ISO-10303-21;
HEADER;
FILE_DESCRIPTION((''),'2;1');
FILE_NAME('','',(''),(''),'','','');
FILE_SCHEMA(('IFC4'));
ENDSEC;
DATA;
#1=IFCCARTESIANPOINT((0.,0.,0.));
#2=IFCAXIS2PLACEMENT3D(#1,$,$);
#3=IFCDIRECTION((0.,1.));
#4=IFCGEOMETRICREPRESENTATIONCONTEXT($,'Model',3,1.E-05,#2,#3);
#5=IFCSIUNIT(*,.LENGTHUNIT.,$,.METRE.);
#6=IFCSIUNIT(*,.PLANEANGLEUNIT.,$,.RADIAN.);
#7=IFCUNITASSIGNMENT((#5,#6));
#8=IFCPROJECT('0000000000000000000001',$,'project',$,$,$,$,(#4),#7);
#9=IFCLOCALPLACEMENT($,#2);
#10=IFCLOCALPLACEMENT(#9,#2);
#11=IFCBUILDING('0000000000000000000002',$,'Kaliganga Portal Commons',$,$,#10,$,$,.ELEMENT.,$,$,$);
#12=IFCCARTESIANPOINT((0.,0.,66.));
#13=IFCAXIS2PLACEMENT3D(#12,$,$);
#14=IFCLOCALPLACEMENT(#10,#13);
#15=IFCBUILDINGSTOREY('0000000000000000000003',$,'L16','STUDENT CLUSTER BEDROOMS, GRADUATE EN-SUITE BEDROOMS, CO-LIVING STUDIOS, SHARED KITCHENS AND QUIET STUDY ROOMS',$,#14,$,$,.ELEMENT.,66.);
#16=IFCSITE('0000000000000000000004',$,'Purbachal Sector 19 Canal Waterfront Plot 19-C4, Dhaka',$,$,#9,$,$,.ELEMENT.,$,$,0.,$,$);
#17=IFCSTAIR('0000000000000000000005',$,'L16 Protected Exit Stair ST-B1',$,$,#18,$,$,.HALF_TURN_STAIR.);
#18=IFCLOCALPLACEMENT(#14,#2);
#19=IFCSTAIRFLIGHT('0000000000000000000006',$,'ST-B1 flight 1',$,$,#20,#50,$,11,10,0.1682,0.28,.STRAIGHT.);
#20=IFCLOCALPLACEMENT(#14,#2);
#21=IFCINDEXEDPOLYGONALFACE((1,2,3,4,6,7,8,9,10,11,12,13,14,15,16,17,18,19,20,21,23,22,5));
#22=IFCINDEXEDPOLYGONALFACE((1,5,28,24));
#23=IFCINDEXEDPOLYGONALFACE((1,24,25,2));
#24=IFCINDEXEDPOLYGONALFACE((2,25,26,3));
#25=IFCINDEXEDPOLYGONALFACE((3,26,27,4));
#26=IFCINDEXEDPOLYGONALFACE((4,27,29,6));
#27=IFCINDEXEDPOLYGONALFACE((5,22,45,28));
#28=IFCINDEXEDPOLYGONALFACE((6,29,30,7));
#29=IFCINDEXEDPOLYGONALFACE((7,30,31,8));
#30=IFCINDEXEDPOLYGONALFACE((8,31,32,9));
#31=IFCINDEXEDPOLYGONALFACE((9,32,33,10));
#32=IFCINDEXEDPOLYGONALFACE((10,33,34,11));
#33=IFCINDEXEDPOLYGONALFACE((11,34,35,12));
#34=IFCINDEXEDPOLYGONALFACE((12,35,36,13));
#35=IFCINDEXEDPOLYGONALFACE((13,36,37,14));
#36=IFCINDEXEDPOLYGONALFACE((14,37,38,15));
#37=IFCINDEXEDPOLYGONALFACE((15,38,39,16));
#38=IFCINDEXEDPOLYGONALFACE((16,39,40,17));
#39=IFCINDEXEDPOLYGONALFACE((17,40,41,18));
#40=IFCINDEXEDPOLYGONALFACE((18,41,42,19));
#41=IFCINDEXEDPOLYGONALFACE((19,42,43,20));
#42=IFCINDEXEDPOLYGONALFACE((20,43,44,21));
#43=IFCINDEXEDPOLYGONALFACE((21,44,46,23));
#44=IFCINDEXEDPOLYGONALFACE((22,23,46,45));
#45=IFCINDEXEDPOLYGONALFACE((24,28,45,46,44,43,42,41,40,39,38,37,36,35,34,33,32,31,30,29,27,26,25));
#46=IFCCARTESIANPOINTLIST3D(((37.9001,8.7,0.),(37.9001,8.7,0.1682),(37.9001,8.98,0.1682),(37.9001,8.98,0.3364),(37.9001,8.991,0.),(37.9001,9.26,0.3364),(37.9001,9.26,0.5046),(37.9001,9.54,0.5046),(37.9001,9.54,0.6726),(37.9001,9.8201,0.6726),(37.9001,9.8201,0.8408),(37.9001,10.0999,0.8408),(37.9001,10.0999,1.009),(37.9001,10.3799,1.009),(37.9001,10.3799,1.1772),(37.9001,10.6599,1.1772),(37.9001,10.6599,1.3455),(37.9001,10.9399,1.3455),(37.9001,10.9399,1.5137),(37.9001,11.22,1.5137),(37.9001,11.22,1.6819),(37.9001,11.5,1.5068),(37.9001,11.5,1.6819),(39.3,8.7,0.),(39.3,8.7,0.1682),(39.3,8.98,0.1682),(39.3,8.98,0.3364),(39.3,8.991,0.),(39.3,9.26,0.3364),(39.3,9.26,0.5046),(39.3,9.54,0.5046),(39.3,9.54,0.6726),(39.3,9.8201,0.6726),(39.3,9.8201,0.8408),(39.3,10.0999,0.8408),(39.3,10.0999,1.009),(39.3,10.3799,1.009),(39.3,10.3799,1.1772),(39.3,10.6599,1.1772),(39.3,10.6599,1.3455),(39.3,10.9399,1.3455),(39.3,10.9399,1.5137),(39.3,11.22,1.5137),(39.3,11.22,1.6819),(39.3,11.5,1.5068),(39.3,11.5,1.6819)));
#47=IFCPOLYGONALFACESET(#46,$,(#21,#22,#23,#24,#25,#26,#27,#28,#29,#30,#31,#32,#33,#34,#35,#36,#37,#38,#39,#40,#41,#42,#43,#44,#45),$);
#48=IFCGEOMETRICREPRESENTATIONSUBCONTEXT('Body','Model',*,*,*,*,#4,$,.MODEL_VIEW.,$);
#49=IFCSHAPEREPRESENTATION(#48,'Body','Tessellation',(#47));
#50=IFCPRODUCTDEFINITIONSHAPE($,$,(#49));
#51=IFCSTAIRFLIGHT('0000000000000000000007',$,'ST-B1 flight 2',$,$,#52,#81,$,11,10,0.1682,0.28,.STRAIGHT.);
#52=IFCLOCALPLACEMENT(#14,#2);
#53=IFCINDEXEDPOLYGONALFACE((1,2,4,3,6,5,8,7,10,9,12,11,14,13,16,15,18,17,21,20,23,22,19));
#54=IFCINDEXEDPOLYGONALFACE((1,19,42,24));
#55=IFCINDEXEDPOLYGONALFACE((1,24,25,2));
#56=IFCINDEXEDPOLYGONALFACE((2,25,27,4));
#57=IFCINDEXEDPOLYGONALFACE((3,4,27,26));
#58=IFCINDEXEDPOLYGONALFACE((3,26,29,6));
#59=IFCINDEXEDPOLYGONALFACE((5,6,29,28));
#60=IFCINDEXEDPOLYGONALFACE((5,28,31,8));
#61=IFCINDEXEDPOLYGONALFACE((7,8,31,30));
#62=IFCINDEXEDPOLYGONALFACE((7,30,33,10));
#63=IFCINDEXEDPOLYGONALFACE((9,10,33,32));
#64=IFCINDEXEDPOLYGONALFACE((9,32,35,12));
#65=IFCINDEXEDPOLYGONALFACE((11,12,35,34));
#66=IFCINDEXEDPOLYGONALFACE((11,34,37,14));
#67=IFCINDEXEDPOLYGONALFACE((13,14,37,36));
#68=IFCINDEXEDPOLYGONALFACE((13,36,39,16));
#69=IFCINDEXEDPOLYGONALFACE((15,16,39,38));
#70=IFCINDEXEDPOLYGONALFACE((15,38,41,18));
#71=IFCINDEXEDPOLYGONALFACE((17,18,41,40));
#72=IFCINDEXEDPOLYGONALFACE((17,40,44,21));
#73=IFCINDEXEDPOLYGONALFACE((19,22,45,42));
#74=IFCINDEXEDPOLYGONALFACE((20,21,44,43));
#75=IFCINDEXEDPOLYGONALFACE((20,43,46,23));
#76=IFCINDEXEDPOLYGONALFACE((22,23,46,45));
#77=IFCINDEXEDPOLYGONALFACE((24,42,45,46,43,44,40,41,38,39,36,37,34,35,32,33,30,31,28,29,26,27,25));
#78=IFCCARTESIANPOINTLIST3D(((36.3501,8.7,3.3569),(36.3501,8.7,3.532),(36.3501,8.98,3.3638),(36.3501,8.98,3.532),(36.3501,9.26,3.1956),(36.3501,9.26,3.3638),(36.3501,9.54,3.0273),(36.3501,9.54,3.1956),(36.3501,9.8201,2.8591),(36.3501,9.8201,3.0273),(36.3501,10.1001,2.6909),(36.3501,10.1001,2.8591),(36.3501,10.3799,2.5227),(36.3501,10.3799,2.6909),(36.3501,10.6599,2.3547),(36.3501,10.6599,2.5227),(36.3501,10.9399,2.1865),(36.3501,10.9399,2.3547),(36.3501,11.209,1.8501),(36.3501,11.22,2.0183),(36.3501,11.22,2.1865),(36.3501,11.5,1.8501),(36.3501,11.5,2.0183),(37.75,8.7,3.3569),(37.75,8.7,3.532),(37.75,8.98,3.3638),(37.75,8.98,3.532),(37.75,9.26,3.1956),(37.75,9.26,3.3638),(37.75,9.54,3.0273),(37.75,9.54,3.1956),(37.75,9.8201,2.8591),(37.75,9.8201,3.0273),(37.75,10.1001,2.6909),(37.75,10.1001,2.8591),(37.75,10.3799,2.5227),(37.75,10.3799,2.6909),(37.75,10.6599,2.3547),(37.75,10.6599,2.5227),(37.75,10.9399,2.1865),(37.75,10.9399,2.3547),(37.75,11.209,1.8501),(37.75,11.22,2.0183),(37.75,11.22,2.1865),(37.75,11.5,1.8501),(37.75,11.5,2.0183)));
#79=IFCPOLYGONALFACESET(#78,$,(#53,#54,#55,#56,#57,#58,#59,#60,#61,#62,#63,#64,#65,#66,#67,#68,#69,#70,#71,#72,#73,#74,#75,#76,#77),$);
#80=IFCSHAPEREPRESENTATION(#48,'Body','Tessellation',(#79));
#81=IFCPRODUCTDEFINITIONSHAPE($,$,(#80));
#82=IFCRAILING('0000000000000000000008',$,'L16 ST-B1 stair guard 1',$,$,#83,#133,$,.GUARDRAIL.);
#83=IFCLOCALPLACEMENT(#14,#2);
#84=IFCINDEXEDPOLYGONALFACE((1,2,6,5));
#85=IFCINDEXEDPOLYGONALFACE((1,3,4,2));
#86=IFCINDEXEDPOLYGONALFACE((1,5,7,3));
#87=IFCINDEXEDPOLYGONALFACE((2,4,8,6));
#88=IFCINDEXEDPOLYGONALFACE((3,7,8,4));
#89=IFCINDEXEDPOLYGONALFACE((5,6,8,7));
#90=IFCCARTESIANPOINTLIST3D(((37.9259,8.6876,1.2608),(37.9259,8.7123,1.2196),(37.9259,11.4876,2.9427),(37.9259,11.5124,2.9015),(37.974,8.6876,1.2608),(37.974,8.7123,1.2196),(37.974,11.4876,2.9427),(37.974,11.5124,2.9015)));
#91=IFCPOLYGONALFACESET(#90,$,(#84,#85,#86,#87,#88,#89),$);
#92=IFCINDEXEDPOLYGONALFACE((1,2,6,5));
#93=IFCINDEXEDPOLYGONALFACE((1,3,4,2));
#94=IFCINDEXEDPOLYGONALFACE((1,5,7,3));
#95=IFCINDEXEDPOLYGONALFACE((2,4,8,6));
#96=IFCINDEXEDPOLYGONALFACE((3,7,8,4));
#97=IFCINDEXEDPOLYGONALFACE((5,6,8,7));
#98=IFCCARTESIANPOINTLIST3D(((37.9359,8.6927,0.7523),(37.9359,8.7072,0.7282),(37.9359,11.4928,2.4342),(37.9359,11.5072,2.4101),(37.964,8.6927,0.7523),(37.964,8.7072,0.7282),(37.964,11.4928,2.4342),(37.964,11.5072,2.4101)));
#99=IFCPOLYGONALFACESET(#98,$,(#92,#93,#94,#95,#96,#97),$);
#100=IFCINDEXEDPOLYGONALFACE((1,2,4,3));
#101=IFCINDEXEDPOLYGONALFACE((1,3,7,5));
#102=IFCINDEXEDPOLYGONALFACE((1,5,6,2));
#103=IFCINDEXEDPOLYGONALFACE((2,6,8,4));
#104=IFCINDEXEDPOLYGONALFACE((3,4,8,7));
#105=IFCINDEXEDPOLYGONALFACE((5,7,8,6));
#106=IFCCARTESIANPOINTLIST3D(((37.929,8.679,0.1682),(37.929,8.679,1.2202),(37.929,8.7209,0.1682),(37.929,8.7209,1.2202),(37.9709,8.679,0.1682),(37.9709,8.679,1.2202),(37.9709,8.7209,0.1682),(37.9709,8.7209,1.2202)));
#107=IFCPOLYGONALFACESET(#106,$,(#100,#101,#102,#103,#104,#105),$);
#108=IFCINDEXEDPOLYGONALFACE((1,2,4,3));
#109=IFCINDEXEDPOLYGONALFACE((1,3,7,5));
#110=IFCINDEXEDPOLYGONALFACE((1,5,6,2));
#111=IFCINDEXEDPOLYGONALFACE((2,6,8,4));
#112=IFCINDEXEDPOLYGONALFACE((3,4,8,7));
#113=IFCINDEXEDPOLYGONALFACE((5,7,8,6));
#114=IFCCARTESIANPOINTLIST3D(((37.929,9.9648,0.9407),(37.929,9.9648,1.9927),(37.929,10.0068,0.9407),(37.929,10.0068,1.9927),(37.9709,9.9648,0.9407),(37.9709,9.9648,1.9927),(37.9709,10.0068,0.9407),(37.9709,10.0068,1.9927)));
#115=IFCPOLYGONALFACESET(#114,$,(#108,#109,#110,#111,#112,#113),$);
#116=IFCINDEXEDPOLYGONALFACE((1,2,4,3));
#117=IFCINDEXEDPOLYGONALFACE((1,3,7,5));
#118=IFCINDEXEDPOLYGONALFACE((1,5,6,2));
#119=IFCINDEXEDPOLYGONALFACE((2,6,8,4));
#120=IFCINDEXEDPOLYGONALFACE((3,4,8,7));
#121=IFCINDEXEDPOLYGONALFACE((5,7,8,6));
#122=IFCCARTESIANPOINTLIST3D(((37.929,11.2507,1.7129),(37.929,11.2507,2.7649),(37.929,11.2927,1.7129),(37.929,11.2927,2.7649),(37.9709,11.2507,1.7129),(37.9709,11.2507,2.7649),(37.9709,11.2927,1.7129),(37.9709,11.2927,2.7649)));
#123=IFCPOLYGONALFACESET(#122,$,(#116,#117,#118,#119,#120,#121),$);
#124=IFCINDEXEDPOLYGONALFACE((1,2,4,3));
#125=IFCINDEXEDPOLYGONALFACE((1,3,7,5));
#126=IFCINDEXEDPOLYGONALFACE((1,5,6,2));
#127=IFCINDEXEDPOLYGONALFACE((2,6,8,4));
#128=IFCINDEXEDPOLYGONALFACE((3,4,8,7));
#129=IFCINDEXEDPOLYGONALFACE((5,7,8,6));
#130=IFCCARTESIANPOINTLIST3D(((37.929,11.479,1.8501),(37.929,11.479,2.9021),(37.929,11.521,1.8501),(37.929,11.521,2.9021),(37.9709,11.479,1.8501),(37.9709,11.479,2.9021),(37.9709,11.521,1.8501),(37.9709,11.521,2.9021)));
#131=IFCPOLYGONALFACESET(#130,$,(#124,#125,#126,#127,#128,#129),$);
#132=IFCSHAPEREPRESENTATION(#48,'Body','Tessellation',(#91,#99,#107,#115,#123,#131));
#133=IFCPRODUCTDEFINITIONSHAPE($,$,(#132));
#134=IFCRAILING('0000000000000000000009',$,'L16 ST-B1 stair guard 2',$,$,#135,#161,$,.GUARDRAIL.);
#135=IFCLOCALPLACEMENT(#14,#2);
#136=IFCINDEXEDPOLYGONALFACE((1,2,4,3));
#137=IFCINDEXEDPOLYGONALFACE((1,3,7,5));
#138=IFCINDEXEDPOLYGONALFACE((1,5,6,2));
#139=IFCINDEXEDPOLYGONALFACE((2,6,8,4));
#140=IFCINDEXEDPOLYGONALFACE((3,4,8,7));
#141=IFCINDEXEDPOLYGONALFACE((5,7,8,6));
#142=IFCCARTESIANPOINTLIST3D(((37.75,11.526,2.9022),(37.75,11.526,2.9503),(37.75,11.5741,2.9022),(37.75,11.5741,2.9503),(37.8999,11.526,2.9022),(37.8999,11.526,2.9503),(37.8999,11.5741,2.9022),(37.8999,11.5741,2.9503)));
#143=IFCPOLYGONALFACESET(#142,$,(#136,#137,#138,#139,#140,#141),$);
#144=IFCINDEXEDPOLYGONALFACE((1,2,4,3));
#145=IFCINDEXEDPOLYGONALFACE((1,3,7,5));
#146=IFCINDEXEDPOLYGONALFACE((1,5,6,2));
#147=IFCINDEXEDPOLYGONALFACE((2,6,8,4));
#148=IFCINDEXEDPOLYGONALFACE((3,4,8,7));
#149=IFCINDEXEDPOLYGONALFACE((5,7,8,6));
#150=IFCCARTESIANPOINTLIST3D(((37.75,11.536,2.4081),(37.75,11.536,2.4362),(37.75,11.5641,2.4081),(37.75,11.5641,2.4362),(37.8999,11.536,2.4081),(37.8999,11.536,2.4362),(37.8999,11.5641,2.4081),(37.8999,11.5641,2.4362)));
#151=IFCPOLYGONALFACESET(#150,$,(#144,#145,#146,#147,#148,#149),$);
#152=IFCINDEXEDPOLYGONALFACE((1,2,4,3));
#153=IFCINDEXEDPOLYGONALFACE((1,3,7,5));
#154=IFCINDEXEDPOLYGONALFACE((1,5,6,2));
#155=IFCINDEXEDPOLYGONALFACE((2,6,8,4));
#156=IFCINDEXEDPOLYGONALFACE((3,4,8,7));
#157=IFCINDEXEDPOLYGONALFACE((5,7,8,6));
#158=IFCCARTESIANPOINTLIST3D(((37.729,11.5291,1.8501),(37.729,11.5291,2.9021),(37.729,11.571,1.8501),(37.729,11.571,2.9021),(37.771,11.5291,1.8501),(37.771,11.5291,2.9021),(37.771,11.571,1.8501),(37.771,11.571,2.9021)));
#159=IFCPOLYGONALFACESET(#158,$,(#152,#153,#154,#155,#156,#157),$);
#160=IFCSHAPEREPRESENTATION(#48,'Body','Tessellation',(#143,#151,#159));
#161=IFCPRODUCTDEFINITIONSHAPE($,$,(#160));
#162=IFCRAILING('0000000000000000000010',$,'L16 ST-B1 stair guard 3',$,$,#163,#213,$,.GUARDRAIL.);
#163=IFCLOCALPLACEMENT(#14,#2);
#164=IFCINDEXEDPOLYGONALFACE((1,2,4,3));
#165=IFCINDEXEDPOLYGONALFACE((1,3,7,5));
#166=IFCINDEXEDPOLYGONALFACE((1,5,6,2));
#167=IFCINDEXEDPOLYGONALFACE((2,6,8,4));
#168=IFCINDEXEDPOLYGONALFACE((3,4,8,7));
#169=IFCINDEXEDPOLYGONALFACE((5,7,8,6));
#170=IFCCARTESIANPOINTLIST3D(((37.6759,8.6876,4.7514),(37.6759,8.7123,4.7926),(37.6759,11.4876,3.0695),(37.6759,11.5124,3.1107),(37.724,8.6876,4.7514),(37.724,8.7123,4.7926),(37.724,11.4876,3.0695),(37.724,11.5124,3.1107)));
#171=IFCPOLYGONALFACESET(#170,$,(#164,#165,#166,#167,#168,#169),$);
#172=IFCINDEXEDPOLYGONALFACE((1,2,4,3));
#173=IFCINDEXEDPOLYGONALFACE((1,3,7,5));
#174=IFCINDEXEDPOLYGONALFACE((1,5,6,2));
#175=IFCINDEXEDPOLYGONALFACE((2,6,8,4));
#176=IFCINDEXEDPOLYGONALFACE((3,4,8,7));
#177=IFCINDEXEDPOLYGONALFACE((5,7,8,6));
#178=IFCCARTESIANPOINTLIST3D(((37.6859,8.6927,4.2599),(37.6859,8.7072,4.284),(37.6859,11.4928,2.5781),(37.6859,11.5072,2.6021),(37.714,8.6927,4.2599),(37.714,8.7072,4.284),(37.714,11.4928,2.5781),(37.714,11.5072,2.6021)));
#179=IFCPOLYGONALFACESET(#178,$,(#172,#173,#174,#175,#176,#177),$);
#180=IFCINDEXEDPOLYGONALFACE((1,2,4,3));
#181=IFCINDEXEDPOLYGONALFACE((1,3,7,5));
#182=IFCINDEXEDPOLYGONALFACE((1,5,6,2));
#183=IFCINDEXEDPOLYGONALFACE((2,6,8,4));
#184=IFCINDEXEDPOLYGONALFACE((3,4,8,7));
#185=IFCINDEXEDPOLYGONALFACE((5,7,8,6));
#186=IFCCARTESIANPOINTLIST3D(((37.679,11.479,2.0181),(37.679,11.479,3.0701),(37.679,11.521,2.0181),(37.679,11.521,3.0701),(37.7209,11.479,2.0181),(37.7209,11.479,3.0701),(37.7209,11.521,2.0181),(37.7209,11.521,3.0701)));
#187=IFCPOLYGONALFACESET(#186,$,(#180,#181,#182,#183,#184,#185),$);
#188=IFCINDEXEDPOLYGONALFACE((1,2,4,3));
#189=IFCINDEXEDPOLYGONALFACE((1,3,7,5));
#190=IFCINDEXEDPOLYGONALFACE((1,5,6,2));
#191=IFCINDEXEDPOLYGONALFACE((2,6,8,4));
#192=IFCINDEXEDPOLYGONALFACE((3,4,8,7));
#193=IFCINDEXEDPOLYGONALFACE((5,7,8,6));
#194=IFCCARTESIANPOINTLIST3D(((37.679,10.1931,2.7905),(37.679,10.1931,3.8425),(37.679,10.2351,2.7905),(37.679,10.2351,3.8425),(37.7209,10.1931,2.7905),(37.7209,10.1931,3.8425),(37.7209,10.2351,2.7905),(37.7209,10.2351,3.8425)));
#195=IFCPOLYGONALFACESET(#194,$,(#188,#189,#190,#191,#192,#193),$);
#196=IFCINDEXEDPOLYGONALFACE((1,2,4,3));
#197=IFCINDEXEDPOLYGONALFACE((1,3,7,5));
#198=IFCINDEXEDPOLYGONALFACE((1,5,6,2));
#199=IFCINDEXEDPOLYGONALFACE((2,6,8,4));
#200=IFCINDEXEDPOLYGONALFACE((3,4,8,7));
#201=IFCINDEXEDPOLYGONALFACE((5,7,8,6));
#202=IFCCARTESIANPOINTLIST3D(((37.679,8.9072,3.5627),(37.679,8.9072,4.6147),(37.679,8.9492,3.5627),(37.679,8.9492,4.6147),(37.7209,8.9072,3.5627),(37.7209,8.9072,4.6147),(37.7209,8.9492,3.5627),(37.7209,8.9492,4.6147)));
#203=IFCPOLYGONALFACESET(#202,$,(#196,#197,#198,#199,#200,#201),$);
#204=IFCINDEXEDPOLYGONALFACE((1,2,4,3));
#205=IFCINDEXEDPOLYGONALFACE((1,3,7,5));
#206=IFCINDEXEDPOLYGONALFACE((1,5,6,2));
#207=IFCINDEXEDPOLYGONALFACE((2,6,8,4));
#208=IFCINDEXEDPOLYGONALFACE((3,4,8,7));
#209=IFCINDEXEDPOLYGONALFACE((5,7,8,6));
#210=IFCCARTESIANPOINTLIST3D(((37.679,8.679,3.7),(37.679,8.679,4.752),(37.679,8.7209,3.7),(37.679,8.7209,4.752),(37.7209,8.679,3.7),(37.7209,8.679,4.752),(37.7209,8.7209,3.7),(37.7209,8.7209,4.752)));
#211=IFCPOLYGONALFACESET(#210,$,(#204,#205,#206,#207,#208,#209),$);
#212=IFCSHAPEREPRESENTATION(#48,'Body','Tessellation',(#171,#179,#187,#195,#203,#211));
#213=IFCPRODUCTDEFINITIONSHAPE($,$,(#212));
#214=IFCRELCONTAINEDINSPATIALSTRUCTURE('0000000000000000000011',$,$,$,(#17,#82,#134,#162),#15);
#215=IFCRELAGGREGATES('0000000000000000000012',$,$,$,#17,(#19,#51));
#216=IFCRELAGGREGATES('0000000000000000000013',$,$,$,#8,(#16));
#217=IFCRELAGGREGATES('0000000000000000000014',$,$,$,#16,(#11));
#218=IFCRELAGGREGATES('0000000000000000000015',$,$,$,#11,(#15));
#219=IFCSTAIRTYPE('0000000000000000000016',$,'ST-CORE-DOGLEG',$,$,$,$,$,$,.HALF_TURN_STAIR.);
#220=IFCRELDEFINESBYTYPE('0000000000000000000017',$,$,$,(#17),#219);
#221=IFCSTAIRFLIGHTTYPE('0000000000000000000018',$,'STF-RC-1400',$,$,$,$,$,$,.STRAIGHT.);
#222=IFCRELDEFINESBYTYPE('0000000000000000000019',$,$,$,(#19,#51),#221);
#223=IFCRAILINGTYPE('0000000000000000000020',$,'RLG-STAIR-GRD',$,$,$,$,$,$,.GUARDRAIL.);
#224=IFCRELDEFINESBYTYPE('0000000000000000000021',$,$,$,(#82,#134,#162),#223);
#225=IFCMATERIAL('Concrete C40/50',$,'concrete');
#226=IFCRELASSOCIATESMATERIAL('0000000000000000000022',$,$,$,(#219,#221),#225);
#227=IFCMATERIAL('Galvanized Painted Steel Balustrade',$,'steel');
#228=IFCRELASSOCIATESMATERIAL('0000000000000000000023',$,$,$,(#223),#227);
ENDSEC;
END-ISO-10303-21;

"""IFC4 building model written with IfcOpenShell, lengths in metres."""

from ifc_helpers import new_model, si_unit, direction, frame, origin, origin_2d, place, context, subcontext, project, spatial, polyline, rectangle, outline, extrude, material, type_object, element, aggregate, save


model = new_model("IFC4")

# Units and contexts
model_context = context("Model", 3, precision=1e-05, world=origin(), true_north=direction((0.0, 1.0)))
body_context = subcontext(model_context, "Body", "Model", "MODEL_VIEW")
ifc_project = project(units=[si_unit("LENGTHUNIT", "METRE"), si_unit("PLANEANGLEUNIT", "RADIAN")], contexts=[model_context])

# Site, building, storey
site_placement = place(None, origin())
site = spatial("IfcSite", under=ifc_project, at=site_placement, Name="Purbachal Sector 19 Canal Waterfront Plot 19-C4, Dhaka", CompositionType="ELEMENT", RefElevation=0.0)
building_placement = place(site_placement, origin())
building = spatial("IfcBuilding", under=site, at=building_placement, Name="Kaliganga Portal Commons", CompositionType="ELEMENT")
storey_placement = place(building_placement, frame((0.0, 0.0, 66.0)))
storey = spatial("IfcBuildingStorey", under=building, at=storey_placement, Name="L16", Description="STUDENT CLUSTER BEDROOMS, GRADUATE EN-SUITE BEDROOMS, CO-LIVING STUDIOS, SHARED KITCHENS AND QUIET STUDY ROOMS", CompositionType="ELEMENT", Elevation=66.0)

# Stair, stair flights
ifc_material_1 = material(Name="Concrete C40/50", Category="concrete")
stair_type = type_object("IfcStairType", Name="ST-CORE-DOGLEG", PredefinedType="HALF_TURN_STAIR", material=ifc_material_1)
stair_placement = place(storey_placement, origin())
stair = element("IfcStair", 1, at=stair_placement, inside=storey, type_object=stair_type, Name="L16 Protected Exit Stair ST-B1", PredefinedType="HALF_TURN_STAIR")
stair_flight_type = type_object("IfcStairFlightType", Name="STF-RC-1400", PredefinedType="STRAIGHT", material=ifc_material_1)
stair_flight_1_placement = place(storey_placement, frame((38.6001, 8.7, 0.0), z_axis=(0.0, 0.0, 1.0), x_axis=(0.0, 1.0, 0.0)))
stair_flight_1 = element("IfcStairFlight", 2, at=stair_flight_1_placement, type_object=stair_flight_type, Name="ST-B1 flight 1", NumberOfRisers=11, NumberOfTreads=10, PredefinedType="STRAIGHT", RiserHeight=0.1682, TreadLength=0.28, context=body_context, shape_type="SweptSolid", body=[
    extrude(outline(polyline([(0.0, 0.0), (0.0, 0.1682), (0.28, 0.1682), (0.28, 0.3364), (0.5601, 0.3364), (0.5601, 0.5046), (0.8401, 0.5046), (0.8401, 0.6726), (1.1201, 0.6726), (1.1201, 0.8408), (1.3999, 0.8408), (1.3999, 1.009), (1.6799, 1.009), (1.6799, 1.1772), (1.96, 1.1772), (1.96, 1.3455), (2.24, 1.3455), (2.24, 1.5137), (2.52, 1.5137), (2.52, 1.6819), (2.8, 1.6819), (2.8, 1.8501), (2.8, 1.5068), (0.291, 0.0), (0.0, 0.0)])), frame((0.0, 0.7, 0.0), z_axis=(0.0, -1.0, 0.0), x_axis=(1.0, 0.0, 0.0)), (0.0, 0.0, 1.0), 1.3999),
])
stair_flight_2_placement = place(storey_placement, frame((37.05, 11.5, 1.8501), z_axis=(0.0, 0.0, 1.0), x_axis=(0.0, -1.0, 0.0)))
stair_flight_2 = element("IfcStairFlight", 3, at=stair_flight_2_placement, type_object=stair_flight_type, Name="ST-B1 flight 2", NumberOfRisers=11, NumberOfTreads=10, PredefinedType="STRAIGHT", RiserHeight=0.1682, TreadLength=0.28, context=body_context, shape_type="SweptSolid", body=[
    extrude(outline(polyline([(0.0, 0.0), (0.0, 0.1682), (0.28, 0.1682), (0.28, 0.3364), (0.5601, 0.3364), (0.5601, 0.5046), (0.8401, 0.5046), (0.8401, 0.6726), (1.1201, 0.6726), (1.1201, 0.8408), (1.3999, 0.8408), (1.3999, 1.009), (1.6799, 1.009), (1.6799, 1.1772), (1.96, 1.1772), (1.96, 1.3455), (2.24, 1.3455), (2.24, 1.5137), (2.52, 1.5137), (2.52, 1.6819), (2.8, 1.6819), (2.8, 1.8501), (2.8, 1.5068), (0.291, 0.0), (0.0, 0.0)])), frame((0.0, 0.7, 0.0), z_axis=(0.0, -1.0, 0.0), x_axis=(1.0, 0.0, 0.0)), (0.0, 0.0, 1.0), 1.3999),
])
aggregate(stair, [stair_flight_1, stair_flight_2])

# Railings
ifc_material_2 = material(Name="Galvanized Painted Steel Balustrade", Category="steel")
railing_type_1 = type_object("IfcRailingType", Name="RLG-STAIR-GRD", PredefinedType="GUARDRAIL", material=ifc_material_2)
railing_1_placement = place(storey_placement, frame((37.95, 8.7, 0.1682)))
element("IfcRailing", 4, at=railing_1_placement, inside=storey, type_object=railing_type_1, Name="L16 ST-B1 stair guard 1", PredefinedType="GUARDRAIL", context=body_context, shape_type="SweptSolid", body=[
    extrude(rectangle(XDim=0.0481, YDim=0.0481, at=origin_2d()), frame((0.0, 0.0, 1.072), z_axis=(0.0, 0.857242, 0.514913), x_axis=(-1.0, 0.0, 0.0)), (0.0, 0.0, 1.0), 3.2664),
    extrude(rectangle(XDim=0.0281, YDim=0.0281, at=origin_2d()), frame((0.0, 0.0, 0.572), z_axis=(0.0, 0.857242, 0.514913), x_axis=(-1.0, 0.0, 0.0)), (0.0, 0.0, 1.0), 3.2664),
    extrude(rectangle(XDim=0.042, YDim=0.042, at=origin_2d()), origin(), (0.0, 0.0, 1.0), 1.052),
    extrude(rectangle(XDim=0.042, YDim=0.042, at=origin_2d()), frame((0.0, 1.2859, 0.7725)), (0.0, 0.0, 1.0), 1.052),
    extrude(rectangle(XDim=0.042, YDim=0.042, at=origin_2d()), frame((0.0, 2.5718, 1.5447)), (0.0, 0.0, 1.0), 1.052),
    extrude(rectangle(XDim=0.042, YDim=0.042, at=origin_2d()), frame((0.0, 2.8, 1.6819)), (0.0, 0.0, 1.0), 1.052),
])
railing_2_placement = place(storey_placement, frame((37.8999, 11.55, 1.8501)))
element("IfcRailing", 5, at=railing_2_placement, inside=storey, type_object=railing_type_1, Name="L16 ST-B1 stair guard 2", PredefinedType="GUARDRAIL", context=body_context, shape_type="SweptSolid", body=[
    extrude(rectangle(XDim=0.0481, YDim=0.0481, at=origin_2d()), frame((0.0, 0.0, 1.0762), z_axis=(-1.0, 0.0, 0.0), x_axis=(0.0, -1.0, 0.0)), (0.0, 0.0, 1.0), 0.1499),
    extrude(rectangle(XDim=0.0281, YDim=0.0281, at=origin_2d()), frame((0.0, 0.0, 0.572), z_axis=(-1.0, 0.0, 0.0), x_axis=(0.0, -1.0, 0.0)), (0.0, 0.0, 1.0), 0.1499),
    extrude(rectangle(XDim=0.042, YDim=0.042, at=origin_2d()), frame((-0.1499, 0.0, 0.0)), (0.0, 0.0, 1.0), 1.052),
])
railing_3_placement = place(storey_placement, frame((37.7, 11.5, 2.0181)))
element("IfcRailing", 6, at=railing_3_placement, inside=storey, type_object=railing_type_1, Name="L16 ST-B1 stair guard 3", PredefinedType="GUARDRAIL", context=body_context, shape_type="SweptSolid", body=[
    extrude(rectangle(XDim=0.0481, YDim=0.0481, at=origin_2d()), frame((0.0, 0.0, 1.072), z_axis=(0.0, -0.857242, 0.514913), x_axis=(1.0, 0.0, 0.0)), (0.0, 0.0, 1.0), 3.2664),
    extrude(rectangle(XDim=0.0281, YDim=0.0281, at=origin_2d()), frame((0.0, 0.0, 0.572), z_axis=(0.0, -0.857242, 0.514913), x_axis=(1.0, 0.0, 0.0)), (0.0, 0.0, 1.0), 3.2664),
    extrude(rectangle(XDim=0.042, YDim=0.042, at=origin_2d()), origin(), (0.0, 0.0, 1.0), 1.052),
    extrude(rectangle(XDim=0.042, YDim=0.042, at=origin_2d()), frame((0.0, -1.2859, 0.7725)), (0.0, 0.0, 1.0), 1.052),
    extrude(rectangle(XDim=0.042, YDim=0.042, at=origin_2d()), frame((0.0, -2.5718, 1.5447)), (0.0, 0.0, 1.0), 1.052),
    extrude(rectangle(XDim=0.042, YDim=0.042, at=origin_2d()), frame((0.0, -2.8, 1.6819)), (0.0, 0.0, 1.0), 1.052),
])

save(model, "model.ifc")
